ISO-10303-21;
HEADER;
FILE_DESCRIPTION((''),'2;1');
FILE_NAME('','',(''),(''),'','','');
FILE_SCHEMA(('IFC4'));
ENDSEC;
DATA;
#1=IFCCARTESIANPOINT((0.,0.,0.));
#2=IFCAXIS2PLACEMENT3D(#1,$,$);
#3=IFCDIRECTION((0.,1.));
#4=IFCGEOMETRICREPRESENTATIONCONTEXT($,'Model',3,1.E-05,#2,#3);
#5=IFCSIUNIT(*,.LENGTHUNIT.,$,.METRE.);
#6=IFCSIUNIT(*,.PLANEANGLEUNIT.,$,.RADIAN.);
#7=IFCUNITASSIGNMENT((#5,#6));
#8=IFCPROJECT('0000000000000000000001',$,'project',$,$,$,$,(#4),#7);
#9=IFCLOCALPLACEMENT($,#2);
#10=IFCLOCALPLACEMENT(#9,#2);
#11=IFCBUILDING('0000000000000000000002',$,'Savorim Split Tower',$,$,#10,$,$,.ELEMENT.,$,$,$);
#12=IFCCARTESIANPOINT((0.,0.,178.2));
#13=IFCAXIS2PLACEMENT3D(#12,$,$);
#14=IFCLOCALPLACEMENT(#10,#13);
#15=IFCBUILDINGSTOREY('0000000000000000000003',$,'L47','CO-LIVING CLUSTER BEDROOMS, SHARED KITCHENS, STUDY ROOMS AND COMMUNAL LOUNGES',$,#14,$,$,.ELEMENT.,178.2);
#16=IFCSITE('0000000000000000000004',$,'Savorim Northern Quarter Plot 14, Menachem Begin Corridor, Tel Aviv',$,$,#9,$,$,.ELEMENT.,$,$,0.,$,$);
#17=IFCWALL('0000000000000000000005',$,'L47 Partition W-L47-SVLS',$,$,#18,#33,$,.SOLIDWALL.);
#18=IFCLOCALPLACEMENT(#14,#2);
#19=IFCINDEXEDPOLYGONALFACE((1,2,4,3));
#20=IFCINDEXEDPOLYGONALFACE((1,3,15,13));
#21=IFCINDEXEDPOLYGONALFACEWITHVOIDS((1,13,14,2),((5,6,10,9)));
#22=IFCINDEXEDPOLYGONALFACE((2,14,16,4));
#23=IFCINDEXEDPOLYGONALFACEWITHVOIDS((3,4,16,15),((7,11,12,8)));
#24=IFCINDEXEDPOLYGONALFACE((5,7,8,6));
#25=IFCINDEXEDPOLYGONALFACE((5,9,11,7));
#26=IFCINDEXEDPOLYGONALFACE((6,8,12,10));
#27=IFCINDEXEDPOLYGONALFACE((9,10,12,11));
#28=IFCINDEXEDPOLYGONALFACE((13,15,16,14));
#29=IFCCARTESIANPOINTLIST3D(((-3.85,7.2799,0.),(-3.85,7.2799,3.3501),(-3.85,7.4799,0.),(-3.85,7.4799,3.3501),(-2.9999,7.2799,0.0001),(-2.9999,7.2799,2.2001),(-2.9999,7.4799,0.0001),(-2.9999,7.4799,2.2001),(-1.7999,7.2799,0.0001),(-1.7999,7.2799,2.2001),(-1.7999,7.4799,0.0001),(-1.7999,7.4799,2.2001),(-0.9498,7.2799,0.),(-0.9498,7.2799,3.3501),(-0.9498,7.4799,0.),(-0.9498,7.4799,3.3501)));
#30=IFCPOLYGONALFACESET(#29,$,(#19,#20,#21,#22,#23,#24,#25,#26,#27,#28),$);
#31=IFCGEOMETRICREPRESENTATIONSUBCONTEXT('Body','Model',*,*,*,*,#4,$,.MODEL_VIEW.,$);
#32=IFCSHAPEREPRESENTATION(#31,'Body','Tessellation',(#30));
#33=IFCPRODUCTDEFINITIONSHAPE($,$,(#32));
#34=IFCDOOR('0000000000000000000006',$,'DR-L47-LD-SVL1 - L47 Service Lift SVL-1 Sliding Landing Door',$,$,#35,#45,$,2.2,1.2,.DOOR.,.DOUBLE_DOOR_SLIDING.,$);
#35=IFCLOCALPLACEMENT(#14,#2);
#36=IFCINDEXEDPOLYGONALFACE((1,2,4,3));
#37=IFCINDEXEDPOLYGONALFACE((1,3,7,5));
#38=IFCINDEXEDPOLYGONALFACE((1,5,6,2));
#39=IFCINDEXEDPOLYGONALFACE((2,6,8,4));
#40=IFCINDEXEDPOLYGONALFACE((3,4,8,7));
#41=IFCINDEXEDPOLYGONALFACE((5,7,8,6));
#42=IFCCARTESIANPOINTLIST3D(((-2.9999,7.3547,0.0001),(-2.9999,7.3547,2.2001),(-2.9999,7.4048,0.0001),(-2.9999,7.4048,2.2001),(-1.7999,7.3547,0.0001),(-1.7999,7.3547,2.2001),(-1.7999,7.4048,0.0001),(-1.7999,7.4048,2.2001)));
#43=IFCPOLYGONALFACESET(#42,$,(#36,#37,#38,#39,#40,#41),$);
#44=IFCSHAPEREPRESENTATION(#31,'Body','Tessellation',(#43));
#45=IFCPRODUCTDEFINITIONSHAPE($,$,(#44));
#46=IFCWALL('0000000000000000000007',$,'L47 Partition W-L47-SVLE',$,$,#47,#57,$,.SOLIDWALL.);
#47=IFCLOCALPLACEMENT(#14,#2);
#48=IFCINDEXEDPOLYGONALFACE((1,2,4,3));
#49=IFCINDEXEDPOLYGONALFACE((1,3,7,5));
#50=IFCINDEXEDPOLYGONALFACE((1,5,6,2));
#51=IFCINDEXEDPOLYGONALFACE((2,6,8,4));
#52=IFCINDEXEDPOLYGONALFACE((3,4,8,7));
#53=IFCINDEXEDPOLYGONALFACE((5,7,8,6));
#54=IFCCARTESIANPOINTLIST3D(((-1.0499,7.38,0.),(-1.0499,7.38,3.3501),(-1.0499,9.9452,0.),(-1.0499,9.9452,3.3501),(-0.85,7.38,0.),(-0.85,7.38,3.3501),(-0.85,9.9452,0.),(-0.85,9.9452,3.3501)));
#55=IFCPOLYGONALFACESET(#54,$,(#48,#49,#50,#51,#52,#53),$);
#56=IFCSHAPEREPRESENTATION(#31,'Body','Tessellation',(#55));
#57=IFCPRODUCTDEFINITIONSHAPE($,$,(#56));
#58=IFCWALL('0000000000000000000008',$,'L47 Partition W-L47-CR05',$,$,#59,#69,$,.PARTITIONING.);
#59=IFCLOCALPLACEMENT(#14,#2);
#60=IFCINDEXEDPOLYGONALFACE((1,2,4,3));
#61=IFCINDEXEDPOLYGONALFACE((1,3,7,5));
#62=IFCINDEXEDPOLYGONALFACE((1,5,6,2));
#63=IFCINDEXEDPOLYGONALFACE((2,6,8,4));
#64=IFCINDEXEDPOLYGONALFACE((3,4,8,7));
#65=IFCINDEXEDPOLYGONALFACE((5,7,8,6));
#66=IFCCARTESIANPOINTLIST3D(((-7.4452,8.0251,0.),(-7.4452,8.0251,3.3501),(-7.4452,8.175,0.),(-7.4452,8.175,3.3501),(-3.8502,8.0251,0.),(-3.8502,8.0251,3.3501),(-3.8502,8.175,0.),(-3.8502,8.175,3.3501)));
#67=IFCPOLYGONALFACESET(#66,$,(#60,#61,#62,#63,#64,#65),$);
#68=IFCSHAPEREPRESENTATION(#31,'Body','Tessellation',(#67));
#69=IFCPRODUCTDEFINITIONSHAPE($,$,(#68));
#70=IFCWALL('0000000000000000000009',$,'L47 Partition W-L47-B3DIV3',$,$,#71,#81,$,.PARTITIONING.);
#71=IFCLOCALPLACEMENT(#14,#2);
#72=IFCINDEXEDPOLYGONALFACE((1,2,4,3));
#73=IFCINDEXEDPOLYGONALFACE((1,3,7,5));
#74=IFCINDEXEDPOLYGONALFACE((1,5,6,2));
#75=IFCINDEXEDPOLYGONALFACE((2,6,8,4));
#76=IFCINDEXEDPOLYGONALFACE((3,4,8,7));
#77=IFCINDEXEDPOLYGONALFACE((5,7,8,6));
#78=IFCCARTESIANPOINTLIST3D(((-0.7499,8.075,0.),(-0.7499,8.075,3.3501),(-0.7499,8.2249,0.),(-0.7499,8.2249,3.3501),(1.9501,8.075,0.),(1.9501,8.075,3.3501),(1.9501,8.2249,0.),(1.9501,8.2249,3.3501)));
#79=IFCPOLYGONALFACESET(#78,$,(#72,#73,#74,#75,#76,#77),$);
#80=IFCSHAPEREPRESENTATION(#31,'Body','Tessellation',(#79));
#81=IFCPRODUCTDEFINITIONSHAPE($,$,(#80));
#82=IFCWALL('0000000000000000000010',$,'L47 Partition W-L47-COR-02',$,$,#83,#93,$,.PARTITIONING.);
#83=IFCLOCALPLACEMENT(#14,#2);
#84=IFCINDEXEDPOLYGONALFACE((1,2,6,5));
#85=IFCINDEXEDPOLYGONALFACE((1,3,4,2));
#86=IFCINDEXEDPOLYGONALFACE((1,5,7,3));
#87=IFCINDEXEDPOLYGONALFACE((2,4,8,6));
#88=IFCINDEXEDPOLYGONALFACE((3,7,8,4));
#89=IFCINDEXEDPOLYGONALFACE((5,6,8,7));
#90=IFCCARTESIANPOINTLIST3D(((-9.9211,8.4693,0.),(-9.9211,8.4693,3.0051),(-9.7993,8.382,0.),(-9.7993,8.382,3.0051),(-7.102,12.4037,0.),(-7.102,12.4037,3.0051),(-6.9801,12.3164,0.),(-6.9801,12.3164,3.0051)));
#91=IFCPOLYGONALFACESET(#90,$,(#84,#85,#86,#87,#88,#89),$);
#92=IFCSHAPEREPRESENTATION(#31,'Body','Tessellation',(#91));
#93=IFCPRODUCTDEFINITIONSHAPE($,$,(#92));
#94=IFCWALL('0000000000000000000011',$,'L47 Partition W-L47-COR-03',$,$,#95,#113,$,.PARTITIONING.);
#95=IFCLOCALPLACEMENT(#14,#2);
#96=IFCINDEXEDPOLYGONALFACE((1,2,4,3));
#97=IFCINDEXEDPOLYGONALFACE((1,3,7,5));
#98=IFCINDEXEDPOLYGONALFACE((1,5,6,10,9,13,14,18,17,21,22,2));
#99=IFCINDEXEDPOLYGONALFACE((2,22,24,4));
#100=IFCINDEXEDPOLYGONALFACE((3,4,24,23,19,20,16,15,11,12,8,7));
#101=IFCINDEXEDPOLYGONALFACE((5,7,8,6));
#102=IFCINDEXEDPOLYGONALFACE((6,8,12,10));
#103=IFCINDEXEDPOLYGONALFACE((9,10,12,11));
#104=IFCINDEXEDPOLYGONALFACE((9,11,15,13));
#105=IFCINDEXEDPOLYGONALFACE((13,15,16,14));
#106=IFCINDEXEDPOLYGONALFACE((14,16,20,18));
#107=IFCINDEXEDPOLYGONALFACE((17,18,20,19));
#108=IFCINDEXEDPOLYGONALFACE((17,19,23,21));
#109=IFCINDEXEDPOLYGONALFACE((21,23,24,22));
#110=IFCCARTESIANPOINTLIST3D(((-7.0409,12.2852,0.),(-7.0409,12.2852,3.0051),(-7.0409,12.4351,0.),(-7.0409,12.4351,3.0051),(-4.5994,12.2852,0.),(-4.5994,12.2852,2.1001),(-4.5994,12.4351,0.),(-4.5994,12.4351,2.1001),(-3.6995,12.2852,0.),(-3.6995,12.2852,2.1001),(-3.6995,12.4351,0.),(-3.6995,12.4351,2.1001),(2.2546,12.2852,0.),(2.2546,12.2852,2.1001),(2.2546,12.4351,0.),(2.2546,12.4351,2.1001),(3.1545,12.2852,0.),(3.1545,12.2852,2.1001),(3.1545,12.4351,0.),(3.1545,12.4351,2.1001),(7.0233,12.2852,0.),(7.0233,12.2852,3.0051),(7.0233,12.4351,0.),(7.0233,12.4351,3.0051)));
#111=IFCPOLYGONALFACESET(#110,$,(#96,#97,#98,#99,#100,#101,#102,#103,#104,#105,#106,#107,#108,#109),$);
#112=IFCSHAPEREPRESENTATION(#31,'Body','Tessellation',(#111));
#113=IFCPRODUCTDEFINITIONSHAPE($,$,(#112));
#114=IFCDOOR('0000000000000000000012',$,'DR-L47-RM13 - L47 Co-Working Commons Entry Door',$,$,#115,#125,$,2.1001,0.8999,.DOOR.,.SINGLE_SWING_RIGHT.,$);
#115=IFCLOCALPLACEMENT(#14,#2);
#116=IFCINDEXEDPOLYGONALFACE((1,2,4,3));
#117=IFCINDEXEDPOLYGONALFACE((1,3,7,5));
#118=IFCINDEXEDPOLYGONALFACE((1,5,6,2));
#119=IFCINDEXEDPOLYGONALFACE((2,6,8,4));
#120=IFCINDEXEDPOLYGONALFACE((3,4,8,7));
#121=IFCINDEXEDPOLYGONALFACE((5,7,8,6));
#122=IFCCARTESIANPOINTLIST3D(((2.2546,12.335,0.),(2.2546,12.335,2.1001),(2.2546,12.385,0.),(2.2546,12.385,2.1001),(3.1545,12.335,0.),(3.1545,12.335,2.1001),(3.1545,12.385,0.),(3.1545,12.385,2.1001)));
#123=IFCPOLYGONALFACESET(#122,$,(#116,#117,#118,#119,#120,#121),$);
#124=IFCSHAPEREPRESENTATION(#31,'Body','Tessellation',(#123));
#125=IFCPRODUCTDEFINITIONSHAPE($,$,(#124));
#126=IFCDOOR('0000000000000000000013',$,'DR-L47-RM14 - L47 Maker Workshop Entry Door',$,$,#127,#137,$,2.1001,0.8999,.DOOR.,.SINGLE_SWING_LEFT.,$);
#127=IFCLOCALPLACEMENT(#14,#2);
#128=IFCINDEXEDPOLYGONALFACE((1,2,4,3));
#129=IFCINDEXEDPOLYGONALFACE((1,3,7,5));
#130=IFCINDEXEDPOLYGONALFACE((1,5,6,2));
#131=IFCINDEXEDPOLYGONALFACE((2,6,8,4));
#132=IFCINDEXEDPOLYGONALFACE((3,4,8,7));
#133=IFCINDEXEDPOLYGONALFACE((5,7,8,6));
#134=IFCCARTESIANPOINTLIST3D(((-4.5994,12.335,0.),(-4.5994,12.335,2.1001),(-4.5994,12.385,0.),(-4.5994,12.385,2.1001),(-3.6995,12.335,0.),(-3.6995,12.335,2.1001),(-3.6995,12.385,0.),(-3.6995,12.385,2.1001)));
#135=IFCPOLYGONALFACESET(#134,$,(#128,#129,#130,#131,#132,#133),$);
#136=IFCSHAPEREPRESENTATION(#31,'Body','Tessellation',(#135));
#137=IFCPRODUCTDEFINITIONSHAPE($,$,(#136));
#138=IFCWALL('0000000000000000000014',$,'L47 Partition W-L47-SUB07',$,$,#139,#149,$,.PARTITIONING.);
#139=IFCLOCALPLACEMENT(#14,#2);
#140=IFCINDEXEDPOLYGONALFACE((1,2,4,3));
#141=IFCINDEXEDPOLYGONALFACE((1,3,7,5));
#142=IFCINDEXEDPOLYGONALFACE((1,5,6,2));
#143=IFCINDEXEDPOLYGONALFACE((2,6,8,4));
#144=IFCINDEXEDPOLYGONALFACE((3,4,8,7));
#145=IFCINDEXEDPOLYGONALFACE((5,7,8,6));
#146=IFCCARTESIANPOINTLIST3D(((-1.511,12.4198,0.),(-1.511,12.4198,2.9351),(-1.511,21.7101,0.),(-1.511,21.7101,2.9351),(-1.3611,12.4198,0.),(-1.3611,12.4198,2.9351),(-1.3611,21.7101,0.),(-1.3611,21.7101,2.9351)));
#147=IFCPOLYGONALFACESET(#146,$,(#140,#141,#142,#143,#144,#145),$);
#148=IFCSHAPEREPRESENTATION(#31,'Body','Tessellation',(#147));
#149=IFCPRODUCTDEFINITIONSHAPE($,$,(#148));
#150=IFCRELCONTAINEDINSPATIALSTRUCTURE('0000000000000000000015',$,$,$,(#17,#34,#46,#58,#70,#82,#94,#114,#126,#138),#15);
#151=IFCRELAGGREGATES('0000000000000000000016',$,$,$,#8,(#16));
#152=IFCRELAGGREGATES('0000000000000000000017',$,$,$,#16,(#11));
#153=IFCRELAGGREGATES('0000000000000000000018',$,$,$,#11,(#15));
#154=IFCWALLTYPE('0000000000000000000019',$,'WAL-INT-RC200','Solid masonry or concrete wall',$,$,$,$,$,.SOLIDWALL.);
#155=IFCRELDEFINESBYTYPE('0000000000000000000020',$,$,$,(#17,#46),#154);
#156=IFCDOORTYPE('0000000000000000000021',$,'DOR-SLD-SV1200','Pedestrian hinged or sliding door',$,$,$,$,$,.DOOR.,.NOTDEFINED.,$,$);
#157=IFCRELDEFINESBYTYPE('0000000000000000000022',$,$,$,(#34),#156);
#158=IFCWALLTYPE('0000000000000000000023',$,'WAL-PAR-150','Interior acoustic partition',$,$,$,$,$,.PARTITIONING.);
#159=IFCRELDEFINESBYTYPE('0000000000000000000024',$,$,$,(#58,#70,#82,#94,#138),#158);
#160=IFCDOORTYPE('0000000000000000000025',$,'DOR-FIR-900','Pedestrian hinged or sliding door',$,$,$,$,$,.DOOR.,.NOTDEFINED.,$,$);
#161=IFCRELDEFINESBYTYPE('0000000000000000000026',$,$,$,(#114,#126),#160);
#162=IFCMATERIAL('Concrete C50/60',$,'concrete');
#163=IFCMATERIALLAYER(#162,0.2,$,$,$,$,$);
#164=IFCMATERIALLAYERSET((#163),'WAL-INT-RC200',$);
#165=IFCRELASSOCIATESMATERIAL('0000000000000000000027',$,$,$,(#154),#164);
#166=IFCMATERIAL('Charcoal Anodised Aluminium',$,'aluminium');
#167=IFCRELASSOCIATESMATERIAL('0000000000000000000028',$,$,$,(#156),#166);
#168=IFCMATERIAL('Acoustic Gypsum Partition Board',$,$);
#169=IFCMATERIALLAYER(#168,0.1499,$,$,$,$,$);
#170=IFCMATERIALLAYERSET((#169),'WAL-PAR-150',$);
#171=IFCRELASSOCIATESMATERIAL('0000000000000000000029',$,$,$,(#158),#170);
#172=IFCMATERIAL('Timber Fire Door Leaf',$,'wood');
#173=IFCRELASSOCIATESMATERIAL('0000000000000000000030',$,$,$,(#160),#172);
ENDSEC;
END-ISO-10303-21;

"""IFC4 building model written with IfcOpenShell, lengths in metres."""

from ifc_helpers import new_model, si_unit, direction, frame, frame_2d, origin, place, context, subcontext, project, spatial, rectangle, extrude, material, layer, layer_set, type_object, element, fill, save


model = new_model("IFC4")

# Units and contexts
model_context = context("Model", 3, precision=1e-05, world=origin(), true_north=direction((0.0, 1.0)))
body_context = subcontext(model_context, "Body", "Model", "MODEL_VIEW")
ifc_project = project(units=[si_unit("LENGTHUNIT", "METRE"), si_unit("PLANEANGLEUNIT", "RADIAN")], contexts=[model_context])

# Site, building, storey
site_placement = place(None, origin())
site = spatial("IfcSite", under=ifc_project, at=site_placement, Name="Savorim Northern Quarter Plot 14, Menachem Begin Corridor, Tel Aviv", CompositionType="ELEMENT", RefElevation=0.0)
building_placement = place(site_placement, origin())
building = spatial("IfcBuilding", under=site, at=building_placement, Name="Savorim Split Tower", CompositionType="ELEMENT")
storey_placement = place(building_placement, frame((0.0, 0.0, 178.2)))
storey = spatial("IfcBuildingStorey", under=building, at=storey_placement, Name="L47", Description="CO-LIVING CLUSTER BEDROOMS, SHARED KITCHENS, STUDY ROOMS AND COMMUNAL LOUNGES", CompositionType="ELEMENT", Elevation=178.2)

# Shared definitions
ifc_material_1 = material(Name="Charcoal Anodised Aluminium", Category="aluminium")

# Wall, opening, door
ifc_material_2 = material(Name="Concrete C50/60", Category="concrete")
ifc_layer_1 = layer(ifc_material_2, 0.2)
ifc_layer_set_1 = layer_set([ifc_layer_1], Name="WAL-INT-RC200")
wall_type_1 = type_object("IfcWallType", Name="WAL-INT-RC200", Description="Solid masonry or concrete wall", PredefinedType="SOLIDWALL", material=ifc_layer_set_1)
wall_1_placement = place(storey_placement, frame((-3.8501, 7.3799, 0.0), z_axis=(0.0, 0.0, 1.0), x_axis=(1.0, 0.0, 0.0)))
wall_1 = element("IfcWall", 1, at=wall_1_placement, inside=storey, type_object=wall_type_1, Name="L47 Partition W-L47-SVLS", PredefinedType="SOLIDWALL", context=body_context, shape_type="SweptSolid", body=[
    extrude(rectangle(XDim=2.9001, YDim=0.2, at=frame_2d((1.4502, 0.0))), origin(), (0.0, 0.0, 1.0), 3.3501),
])
opening_1_placement = place(wall_1_placement, frame((0.8501, 0.0, 0.0)))
opening_1 = element("IfcOpeningElement", 2, at=opening_1_placement, cuts=wall_1, PredefinedType="OPENING", context=body_context, shape_type="SweptSolid", body=[
    extrude(rectangle(XDim=1.2, YDim=2.2, at=frame_2d((0.6001, 1.1001))), frame((0.0, 0.1099, 0.0), z_axis=(0.0, -1.0, 0.0), x_axis=(1.0, 0.0, 0.0)), (0.0, 0.0, 1.0), 0.22),
])
door_type_1 = type_object("IfcDoorType", Name="DOR-SLD-SV1200", Description="Pedestrian hinged or sliding door", OperationType="NOTDEFINED", PredefinedType="DOOR", material=ifc_material_1)
door_1_placement = place(opening_1_placement, origin())
door_1 = element("IfcDoor", 3, at=door_1_placement, inside=storey, type_object=door_type_1, Name="DR-L47-LD-SVL1 - L47 Service Lift SVL-1 Sliding Landing Door", OperationType="DOUBLE_DOOR_SLIDING", OverallHeight=2.2, OverallWidth=1.2, PredefinedType="DOOR", context=body_context, shape_type="SweptSolid", body=[
    extrude(rectangle(XDim=1.2, YDim=2.2, at=frame_2d((0.6001, 1.1001))), frame((0.0, 0.0249, 0.0), z_axis=(0.0, -1.0, 0.0), x_axis=(1.0, 0.0, 0.0)), (0.0, 0.0, 1.0), 0.05),
])
fill(opening_1, door_1)

# Walls
wall_2_placement = place(storey_placement, frame((-0.95, 7.3799, 0.0), z_axis=(0.0, 0.0, 1.0), x_axis=(0.0, 1.0, 0.0)))
element("IfcWall", 4, at=wall_2_placement, inside=storey, type_object=wall_type_1, Name="L47 Partition W-L47-SVLE", PredefinedType="SOLIDWALL", context=body_context, shape_type="SweptSolid", body=[
    extrude(rectangle(XDim=2.5652, YDim=0.2, at=frame_2d((1.2827, 0.0))), origin(), (0.0, 0.0, 1.0), 3.3501),
])
ifc_material_3 = material(Name="Acoustic Gypsum Partition Board")
ifc_layer_2 = layer(ifc_material_3, 0.1499)
ifc_layer_set_2 = layer_set([ifc_layer_2], Name="WAL-PAR-150")
wall_type_2 = type_object("IfcWallType", Name="WAL-PAR-150", Description="Interior acoustic partition", PredefinedType="PARTITIONING", material=ifc_layer_set_2)
wall_3_placement = place(storey_placement, frame((-7.4451, 8.1001, 0.0), z_axis=(0.0, 0.0, 1.0), x_axis=(1.0, 0.0, 0.0)))
element("IfcWall", 5, at=wall_3_placement, inside=storey, type_object=wall_type_2, Name="L47 Partition W-L47-CR05", PredefinedType="PARTITIONING", context=body_context, shape_type="SweptSolid", body=[
    extrude(rectangle(XDim=3.595, YDim=0.1499, at=frame_2d((1.7974, 0.0))), origin(), (0.0, 0.0, 1.0), 3.3501),
])
wall_4_placement = place(storey_placement, frame((-0.75, 8.1499, 0.0), z_axis=(0.0, 0.0, 1.0), x_axis=(1.0, 0.0, 0.0)))
element("IfcWall", 6, at=wall_4_placement, inside=storey, type_object=wall_type_2, Name="L47 Partition W-L47-B3DIV3", PredefinedType="PARTITIONING", context=body_context, shape_type="SweptSolid", body=[
    extrude(rectangle(XDim=2.7, YDim=0.1499, at=frame_2d((1.3501, 0.0))), origin(), (0.0, 0.0, 1.0), 3.3501),
])
wall_5_placement = place(storey_placement, frame((-9.8601, 8.4258, 0.0), z_axis=(0.0, 0.0, 1.0), x_axis=(0.58245, 0.812867, 0.0)))
element("IfcWall", 7, at=wall_5_placement, inside=storey, type_object=wall_type_2, Name="L47 Partition W-L47-COR-02", PredefinedType="PARTITIONING", context=body_context, shape_type="SweptSolid", body=[
    extrude(rectangle(XDim=4.8401, YDim=0.1499, at=frame_2d((2.4199, 0.0))), origin(), (0.0, 0.0, 1.0), 3.0051),
])

# Wall, openings, doors
wall_6_placement = place(storey_placement, frame((-7.041, 12.3601, 0.0), z_axis=(0.0, 0.0, 1.0), x_axis=(1.0, 0.0, 0.0)))
wall_6 = element("IfcWall", 8, at=wall_6_placement, inside=storey, type_object=wall_type_2, Name="L47 Partition W-L47-COR-03", PredefinedType="PARTITIONING", context=body_context, shape_type="SweptSolid", body=[
    extrude(rectangle(XDim=14.0642, YDim=0.1499, at=frame_2d((7.0322, 0.0))), origin(), (0.0, 0.0, 1.0), 3.0051),
])
opening_2_placement = place(wall_6_placement, frame((9.2957, 0.0, 0.0)))
opening_2 = element("IfcOpeningElement", 9, at=opening_2_placement, cuts=wall_6, PredefinedType="OPENING", context=body_context, shape_type="SweptSolid", body=[
    extrude(rectangle(XDim=0.8999, YDim=2.1001, at=frame_2d((0.45, 1.05))), frame((0.0, 0.085, 0.0), z_axis=(0.0, -1.0, 0.0), x_axis=(1.0, 0.0, 0.0)), (0.0, 0.0, 1.0), 0.1699),
])
opening_3_placement = place(wall_6_placement, frame((2.4417, 0.0, 0.0)))
opening_3 = element("IfcOpeningElement", 10, at=opening_3_placement, cuts=wall_6, PredefinedType="OPENING", context=body_context, shape_type="SweptSolid", body=[
    extrude(rectangle(XDim=0.8999, YDim=2.1001, at=frame_2d((0.45, 1.05))), frame((0.0, 0.085, 0.0), z_axis=(0.0, -1.0, 0.0), x_axis=(1.0, 0.0, 0.0)), (0.0, 0.0, 1.0), 0.1699),
])
ifc_material_4 = material(Name="Timber Fire Door Leaf", Category="wood")
door_type_2 = type_object("IfcDoorType", Name="DOR-FIR-900", Description="Pedestrian hinged or sliding door", OperationType="NOTDEFINED", PredefinedType="DOOR", material=ifc_material_4)
door_2_placement = place(opening_2_placement, origin())
door_2 = element("IfcDoor", 11, at=door_2_placement, inside=storey, type_object=door_type_2, Name="DR-L47-RM13 - L47 Co-Working Commons Entry Door", OperationType="SINGLE_SWING_RIGHT", OverallHeight=2.1001, OverallWidth=0.8999, PredefinedType="DOOR", context=body_context, shape_type="SweptSolid", body=[
    extrude(rectangle(XDim=0.8999, YDim=2.1001, at=frame_2d((0.45, 1.05))), frame((0.0, 0.0249, 0.0), z_axis=(0.0, -1.0, 0.0), x_axis=(1.0, 0.0, 0.0)), (0.0, 0.0, 1.0), 0.05),
])
fill(opening_2, door_2)
door_3_placement = place(opening_3_placement, origin())
door_3 = element("IfcDoor", 12, at=door_3_placement, inside=storey, type_object=door_type_2, Name="DR-L47-RM14 - L47 Maker Workshop Entry Door", OperationType="SINGLE_SWING_LEFT", OverallHeight=2.1001, OverallWidth=0.8999, PredefinedType="DOOR", context=body_context, shape_type="SweptSolid", body=[
    extrude(rectangle(XDim=0.8999, YDim=2.1001, at=frame_2d((0.45, 1.05))), frame((0.0, 0.0249, 0.0), z_axis=(0.0, -1.0, 0.0), x_axis=(1.0, 0.0, 0.0)), (0.0, 0.0, 1.0), 0.05),
])
fill(opening_3, door_3)

# Wall
wall_7_placement = place(storey_placement, frame((-1.436, 12.4199, 0.0), z_axis=(0.0, 0.0, 1.0), x_axis=(0.0, 1.0, 0.0)))
element("IfcWall", 13, at=wall_7_placement, inside=storey, type_object=wall_type_2, Name="L47 Partition W-L47-SUB07", PredefinedType="PARTITIONING", context=body_context, shape_type="SweptSolid", body=[
    extrude(rectangle(XDim=9.2903, YDim=0.1499, at=frame_2d((4.645, 0.0))), origin(), (0.0, 0.0, 1.0), 2.9351),
])

save(model, "model.ifc")
